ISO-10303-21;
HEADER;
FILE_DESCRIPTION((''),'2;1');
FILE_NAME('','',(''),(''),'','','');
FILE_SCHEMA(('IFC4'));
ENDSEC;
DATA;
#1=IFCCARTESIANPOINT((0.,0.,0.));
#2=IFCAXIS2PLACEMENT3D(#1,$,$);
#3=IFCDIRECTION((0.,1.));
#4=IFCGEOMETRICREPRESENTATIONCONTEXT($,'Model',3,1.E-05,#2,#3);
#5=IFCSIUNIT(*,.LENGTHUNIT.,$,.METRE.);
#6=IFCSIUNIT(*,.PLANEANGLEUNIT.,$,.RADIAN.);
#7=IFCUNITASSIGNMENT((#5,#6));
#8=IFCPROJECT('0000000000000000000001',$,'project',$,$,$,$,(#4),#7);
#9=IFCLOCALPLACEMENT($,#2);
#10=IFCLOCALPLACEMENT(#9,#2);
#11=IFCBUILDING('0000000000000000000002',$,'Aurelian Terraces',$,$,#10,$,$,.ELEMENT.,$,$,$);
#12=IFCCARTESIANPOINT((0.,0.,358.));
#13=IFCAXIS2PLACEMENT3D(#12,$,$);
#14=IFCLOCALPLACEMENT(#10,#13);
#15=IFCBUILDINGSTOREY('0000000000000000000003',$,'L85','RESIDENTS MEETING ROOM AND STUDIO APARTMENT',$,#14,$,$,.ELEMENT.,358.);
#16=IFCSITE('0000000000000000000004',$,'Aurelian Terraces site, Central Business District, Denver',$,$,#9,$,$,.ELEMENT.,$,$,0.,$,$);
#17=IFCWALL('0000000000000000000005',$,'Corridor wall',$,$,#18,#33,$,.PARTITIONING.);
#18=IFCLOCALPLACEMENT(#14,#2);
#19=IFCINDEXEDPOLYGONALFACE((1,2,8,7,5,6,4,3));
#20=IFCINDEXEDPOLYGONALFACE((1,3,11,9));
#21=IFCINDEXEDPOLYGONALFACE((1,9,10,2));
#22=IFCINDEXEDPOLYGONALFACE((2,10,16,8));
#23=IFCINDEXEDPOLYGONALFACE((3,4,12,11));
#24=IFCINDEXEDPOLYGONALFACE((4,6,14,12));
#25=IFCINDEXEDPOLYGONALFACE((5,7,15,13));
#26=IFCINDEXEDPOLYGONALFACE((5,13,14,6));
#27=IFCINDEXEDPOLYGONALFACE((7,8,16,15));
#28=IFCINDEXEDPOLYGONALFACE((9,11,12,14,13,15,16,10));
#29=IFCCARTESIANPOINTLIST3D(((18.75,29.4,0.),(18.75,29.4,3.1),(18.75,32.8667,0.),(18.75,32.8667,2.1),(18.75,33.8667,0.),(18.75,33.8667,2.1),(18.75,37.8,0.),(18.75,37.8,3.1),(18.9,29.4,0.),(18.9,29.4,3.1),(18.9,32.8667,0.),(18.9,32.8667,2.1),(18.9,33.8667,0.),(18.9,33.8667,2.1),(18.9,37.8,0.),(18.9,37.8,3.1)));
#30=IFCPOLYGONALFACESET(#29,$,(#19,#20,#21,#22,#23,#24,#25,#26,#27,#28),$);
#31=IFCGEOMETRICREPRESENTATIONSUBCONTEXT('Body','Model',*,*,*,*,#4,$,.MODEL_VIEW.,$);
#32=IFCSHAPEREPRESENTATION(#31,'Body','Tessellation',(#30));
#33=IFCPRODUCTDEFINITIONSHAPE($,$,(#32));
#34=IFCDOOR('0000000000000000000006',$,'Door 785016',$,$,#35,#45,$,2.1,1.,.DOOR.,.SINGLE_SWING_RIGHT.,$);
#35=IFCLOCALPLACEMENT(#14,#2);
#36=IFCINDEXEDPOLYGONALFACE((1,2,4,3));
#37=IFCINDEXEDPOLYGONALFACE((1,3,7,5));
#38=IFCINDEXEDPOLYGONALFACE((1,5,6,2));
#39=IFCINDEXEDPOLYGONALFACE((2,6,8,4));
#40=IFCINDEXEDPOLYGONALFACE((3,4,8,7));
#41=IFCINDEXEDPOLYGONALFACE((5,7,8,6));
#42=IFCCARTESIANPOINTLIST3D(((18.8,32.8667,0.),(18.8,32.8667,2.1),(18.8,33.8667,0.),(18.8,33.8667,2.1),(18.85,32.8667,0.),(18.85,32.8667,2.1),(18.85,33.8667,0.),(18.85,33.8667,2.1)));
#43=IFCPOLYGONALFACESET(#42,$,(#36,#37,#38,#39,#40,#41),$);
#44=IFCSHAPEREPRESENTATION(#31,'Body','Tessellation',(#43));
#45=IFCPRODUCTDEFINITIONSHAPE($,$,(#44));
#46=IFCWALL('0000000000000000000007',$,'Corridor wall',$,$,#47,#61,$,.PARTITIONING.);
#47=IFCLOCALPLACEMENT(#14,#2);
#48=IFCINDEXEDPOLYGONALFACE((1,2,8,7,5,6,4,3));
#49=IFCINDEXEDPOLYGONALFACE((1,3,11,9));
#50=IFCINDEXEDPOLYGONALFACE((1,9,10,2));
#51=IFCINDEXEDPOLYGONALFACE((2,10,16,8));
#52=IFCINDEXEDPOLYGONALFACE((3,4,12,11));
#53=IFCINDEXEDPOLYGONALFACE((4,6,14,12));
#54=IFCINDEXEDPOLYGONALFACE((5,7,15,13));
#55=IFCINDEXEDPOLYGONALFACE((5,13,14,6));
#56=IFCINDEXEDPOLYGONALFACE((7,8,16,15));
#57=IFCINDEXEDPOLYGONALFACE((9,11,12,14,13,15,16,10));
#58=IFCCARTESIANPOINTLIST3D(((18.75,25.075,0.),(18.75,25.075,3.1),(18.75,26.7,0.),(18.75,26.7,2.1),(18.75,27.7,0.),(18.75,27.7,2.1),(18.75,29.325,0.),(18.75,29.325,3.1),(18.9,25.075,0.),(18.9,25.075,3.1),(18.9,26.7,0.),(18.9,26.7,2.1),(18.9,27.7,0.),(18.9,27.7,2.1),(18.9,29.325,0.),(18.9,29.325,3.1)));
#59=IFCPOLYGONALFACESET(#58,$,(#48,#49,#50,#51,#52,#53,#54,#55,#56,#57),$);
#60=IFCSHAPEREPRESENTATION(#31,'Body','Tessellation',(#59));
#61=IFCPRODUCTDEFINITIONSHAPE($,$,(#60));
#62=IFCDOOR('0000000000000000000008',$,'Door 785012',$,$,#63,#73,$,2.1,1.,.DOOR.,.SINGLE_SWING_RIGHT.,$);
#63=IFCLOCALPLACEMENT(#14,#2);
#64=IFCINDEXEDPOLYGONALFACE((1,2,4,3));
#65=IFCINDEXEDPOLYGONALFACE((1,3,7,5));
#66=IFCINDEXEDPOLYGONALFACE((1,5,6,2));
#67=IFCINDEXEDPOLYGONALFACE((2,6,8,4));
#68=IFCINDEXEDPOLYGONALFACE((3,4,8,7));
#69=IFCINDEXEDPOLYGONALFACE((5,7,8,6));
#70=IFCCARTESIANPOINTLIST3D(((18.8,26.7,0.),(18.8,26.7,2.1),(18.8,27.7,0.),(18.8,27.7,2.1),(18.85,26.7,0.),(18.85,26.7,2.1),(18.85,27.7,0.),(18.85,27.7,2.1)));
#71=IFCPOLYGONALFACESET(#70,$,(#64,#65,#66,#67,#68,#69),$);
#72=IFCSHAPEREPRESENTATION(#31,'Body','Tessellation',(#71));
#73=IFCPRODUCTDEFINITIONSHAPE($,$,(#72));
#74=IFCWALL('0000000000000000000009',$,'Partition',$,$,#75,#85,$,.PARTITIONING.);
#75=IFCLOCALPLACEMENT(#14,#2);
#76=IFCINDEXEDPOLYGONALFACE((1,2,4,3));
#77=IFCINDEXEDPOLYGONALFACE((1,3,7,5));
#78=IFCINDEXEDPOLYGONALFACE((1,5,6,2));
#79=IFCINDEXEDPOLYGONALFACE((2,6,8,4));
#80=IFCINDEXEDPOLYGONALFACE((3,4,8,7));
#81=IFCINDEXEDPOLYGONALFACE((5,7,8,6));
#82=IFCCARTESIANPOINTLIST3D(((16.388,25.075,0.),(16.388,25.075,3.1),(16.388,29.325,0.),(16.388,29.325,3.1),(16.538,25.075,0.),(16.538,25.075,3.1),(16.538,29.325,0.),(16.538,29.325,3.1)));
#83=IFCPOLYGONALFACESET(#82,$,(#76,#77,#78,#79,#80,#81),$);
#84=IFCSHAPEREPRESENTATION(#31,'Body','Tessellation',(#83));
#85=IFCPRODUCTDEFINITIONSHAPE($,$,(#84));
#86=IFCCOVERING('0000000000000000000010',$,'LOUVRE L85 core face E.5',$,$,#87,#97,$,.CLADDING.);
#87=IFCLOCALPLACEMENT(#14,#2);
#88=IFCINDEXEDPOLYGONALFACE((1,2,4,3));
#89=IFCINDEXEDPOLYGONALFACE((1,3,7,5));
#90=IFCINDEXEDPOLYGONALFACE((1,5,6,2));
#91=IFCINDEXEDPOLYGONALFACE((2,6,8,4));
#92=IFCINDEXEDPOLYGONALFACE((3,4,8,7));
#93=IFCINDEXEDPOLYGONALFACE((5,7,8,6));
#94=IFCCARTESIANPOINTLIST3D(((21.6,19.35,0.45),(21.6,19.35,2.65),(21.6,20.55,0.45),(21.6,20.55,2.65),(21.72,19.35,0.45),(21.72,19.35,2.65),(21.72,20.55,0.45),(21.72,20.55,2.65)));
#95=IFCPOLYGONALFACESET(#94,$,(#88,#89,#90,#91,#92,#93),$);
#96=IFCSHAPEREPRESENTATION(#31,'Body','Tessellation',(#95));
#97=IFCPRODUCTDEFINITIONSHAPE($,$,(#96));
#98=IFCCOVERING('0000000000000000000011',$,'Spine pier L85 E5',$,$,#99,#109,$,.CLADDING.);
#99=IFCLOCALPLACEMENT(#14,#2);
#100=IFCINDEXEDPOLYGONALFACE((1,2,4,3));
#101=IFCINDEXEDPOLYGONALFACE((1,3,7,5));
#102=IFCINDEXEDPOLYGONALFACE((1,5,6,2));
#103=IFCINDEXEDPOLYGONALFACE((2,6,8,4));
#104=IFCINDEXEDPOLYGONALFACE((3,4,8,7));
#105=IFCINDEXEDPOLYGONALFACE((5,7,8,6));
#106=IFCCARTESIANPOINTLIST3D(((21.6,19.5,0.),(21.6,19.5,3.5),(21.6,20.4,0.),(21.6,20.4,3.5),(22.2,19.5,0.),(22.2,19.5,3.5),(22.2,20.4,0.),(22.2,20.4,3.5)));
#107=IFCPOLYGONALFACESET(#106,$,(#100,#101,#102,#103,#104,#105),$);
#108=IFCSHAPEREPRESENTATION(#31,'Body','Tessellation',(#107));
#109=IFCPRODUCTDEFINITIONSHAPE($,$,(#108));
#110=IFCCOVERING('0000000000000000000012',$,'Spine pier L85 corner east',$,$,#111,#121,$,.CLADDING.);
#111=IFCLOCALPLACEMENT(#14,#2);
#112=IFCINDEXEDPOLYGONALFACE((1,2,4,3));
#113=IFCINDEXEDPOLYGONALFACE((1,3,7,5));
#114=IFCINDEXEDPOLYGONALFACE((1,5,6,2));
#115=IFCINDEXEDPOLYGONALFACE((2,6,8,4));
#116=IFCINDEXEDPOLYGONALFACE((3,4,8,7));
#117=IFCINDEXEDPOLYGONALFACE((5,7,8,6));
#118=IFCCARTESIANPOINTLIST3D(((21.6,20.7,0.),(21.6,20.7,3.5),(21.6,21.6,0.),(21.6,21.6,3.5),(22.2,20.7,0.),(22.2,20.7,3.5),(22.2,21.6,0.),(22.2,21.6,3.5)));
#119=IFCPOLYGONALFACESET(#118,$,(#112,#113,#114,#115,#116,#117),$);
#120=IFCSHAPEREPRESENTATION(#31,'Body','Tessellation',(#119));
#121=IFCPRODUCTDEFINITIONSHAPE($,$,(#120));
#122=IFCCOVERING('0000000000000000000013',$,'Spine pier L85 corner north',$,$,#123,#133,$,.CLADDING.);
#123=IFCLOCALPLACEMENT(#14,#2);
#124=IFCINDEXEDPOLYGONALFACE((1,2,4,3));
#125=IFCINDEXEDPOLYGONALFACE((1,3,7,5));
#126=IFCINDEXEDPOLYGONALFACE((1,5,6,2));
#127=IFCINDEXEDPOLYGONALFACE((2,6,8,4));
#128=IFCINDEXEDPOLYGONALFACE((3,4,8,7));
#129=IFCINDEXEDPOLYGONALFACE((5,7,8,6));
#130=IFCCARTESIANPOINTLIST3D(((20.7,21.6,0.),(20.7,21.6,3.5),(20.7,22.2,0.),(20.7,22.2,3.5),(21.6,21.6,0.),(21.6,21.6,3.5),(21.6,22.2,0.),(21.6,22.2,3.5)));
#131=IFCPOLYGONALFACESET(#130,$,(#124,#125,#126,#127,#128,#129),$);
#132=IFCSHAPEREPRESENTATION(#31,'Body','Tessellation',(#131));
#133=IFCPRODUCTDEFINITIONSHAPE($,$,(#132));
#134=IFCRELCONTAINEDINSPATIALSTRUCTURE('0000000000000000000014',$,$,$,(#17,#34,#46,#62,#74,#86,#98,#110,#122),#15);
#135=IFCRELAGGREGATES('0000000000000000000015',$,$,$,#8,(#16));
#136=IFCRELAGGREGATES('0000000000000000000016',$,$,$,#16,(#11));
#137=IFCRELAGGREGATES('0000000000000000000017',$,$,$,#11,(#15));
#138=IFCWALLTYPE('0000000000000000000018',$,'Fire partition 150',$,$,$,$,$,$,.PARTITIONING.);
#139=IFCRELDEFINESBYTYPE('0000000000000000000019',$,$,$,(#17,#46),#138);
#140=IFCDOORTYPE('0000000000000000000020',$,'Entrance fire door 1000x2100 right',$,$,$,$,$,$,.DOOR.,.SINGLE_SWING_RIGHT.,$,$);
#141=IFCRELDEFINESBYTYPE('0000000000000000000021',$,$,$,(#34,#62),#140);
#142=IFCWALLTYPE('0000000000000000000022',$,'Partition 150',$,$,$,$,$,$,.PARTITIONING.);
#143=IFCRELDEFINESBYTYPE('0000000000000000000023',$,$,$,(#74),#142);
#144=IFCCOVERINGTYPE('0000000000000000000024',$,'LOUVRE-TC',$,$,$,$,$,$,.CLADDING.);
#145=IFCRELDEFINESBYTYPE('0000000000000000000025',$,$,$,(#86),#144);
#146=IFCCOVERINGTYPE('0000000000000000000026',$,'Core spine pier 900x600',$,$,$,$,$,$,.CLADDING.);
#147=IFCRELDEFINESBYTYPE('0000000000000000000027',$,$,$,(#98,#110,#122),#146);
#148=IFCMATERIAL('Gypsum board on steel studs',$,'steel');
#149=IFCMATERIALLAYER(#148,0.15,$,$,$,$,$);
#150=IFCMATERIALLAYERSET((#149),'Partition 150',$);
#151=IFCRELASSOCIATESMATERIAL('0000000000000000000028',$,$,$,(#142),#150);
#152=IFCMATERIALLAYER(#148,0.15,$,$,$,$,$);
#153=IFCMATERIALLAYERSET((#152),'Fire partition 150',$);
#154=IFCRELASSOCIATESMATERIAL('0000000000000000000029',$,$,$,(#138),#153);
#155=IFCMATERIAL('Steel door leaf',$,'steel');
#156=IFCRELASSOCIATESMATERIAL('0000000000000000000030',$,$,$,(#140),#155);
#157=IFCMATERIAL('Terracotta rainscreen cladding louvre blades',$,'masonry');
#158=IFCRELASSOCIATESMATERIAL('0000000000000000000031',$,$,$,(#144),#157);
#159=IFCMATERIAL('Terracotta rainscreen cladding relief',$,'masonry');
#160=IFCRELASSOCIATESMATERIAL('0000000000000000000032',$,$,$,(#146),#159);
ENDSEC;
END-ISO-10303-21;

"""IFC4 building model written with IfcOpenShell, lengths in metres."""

from ifc_helpers import new_model, si_unit, direction, frame, frame_2d, origin, origin_2d, place, context, subcontext, project, spatial, rectangle, extrude, source, transform, mapped, material, layer, layer_set, type_object, element, fill, save


model = new_model("IFC4")

# Units and contexts
model_context = context("Model", 3, precision=1e-05, world=origin(), true_north=direction((0.0, 1.0)))
body_context = subcontext(model_context, "Body", "Model", "MODEL_VIEW")
ifc_project = project(units=[si_unit("LENGTHUNIT", "METRE"), si_unit("PLANEANGLEUNIT", "RADIAN")], contexts=[model_context])

# Site, building, storey
site_placement = place(None, origin())
site = spatial("IfcSite", under=ifc_project, at=site_placement, Name="Aurelian Terraces site, Central Business District, Denver", CompositionType="ELEMENT", RefElevation=0.0)
building_placement = place(site_placement, origin())
building = spatial("IfcBuilding", under=site, at=building_placement, Name="Aurelian Terraces", CompositionType="ELEMENT")
storey_placement = place(building_placement, frame((0.0, 0.0, 358.0)))
storey = spatial("IfcBuildingStorey", under=building, at=storey_placement, Name="L85", Description="RESIDENTS MEETING ROOM AND STUDIO APARTMENT", CompositionType="ELEMENT", Elevation=358.0)

# Shared definitions
ifc_material_1 = material(Name="Gypsum board on steel studs", Category="steel")
ifc_layer_1 = layer(ifc_material_1, 0.15)
ifc_layer_set_1 = layer_set([ifc_layer_1], Name="Partition 150")
wall_type_1 = type_object("IfcWallType", Name="Partition 150", PredefinedType="PARTITIONING", material=ifc_layer_set_1)

# Walls, openings, doors
ifc_layer_2 = layer(ifc_material_1, 0.15)
ifc_layer_set_2 = layer_set([ifc_layer_2], Name="Fire partition 150")
wall_type_2 = type_object("IfcWallType", Name="Fire partition 150", PredefinedType="PARTITIONING", material=ifc_layer_set_2)
shared_shape_1 = source(origin(), body_context, "Body", "SweptSolid", [
    extrude(rectangle(XDim=8.4, YDim=0.15, at=frame_2d((4.2, 0.0))), origin(), (0.0, 0.0, 1.0), 3.1),
])
wall_1_placement = place(storey_placement, frame((18.825, 29.4, 0.0), z_axis=(0.0, 0.0, 1.0), x_axis=(0.0, 1.0, 0.0)))
wall_1 = element("IfcWall", 1, at=wall_1_placement, inside=storey, type_object=wall_type_2, Name="Corridor wall", PredefinedType="PARTITIONING", context=body_context, shape_type="MappedRepresentation", body=[
    mapped(shared_shape_1, transform((0.0, 0.0, 0.0), scale=1.0)),
])
shared_shape_2 = source(origin(), body_context, "Body", "SweptSolid", [
    extrude(rectangle(XDim=1.0, YDim=2.1, at=frame_2d((0.5, 1.05))), frame((0.0, 0.085, 0.0), z_axis=(0.0, -1.0, 0.0), x_axis=(1.0, 0.0, 0.0)), (0.0, 0.0, 1.0), 0.17),
])
opening_1_placement = place(wall_1_placement, frame((3.4667, 0.0, 0.0)))
opening_1 = element("IfcOpeningElement", 2, at=opening_1_placement, cuts=wall_1, PredefinedType="OPENING", context=body_context, shape_type="MappedRepresentation", body=[
    mapped(shared_shape_2, transform((0.0, 0.0, 0.0), scale=1.0)),
])
ifc_material_2 = material(Name="Steel door leaf", Category="steel")
door_type = type_object("IfcDoorType", Name="Entrance fire door 1000x2100 right", OperationType="SINGLE_SWING_RIGHT", PredefinedType="DOOR", material=ifc_material_2)
shared_shape_3 = source(origin(), body_context, "Body", "SweptSolid", [
    extrude(rectangle(XDim=1.0, YDim=2.1, at=frame_2d((0.5, 1.05))), frame((0.0, 0.025, 0.0), z_axis=(0.0, -1.0, 0.0), x_axis=(1.0, 0.0, 0.0)), (0.0, 0.0, 1.0), 0.05),
])
door_1_placement = place(opening_1_placement, origin())
door_1 = element("IfcDoor", 3, at=door_1_placement, inside=storey, type_object=door_type, Name="Door 785016", OperationType="SINGLE_SWING_RIGHT", OverallHeight=2.1, OverallWidth=1.0, PredefinedType="DOOR", context=body_context, shape_type="MappedRepresentation", body=[
    mapped(shared_shape_3, transform((0.0, 0.0, 0.0), scale=1.0)),
])
fill(opening_1, door_1)
shared_shape_4 = source(origin(), body_context, "Body", "SweptSolid", [
    extrude(rectangle(XDim=4.25, YDim=0.15, at=frame_2d((2.125, 0.0))), origin(), (0.0, 0.0, 1.0), 3.1),
])
wall_2_placement = place(storey_placement, frame((18.825, 25.075, 0.0), z_axis=(0.0, 0.0, 1.0), x_axis=(0.0, 1.0, 0.0)))
wall_2 = element("IfcWall", 4, at=wall_2_placement, inside=storey, type_object=wall_type_2, Name="Corridor wall", PredefinedType="PARTITIONING", context=body_context, shape_type="MappedRepresentation", body=[
    mapped(shared_shape_4, transform((0.0, 0.0, 0.0), scale=1.0)),
])
opening_2_placement = place(wall_2_placement, frame((1.625, 0.0, 0.0)))
opening_2 = element("IfcOpeningElement", 5, at=opening_2_placement, cuts=wall_2, PredefinedType="OPENING", context=body_context, shape_type="MappedRepresentation", body=[
    mapped(shared_shape_2, transform((0.0, 0.0, 0.0), scale=1.0)),
])
door_2_placement = place(opening_2_placement, origin())
door_2 = element("IfcDoor", 6, at=door_2_placement, inside=storey, type_object=door_type, Name="Door 785012", OperationType="SINGLE_SWING_RIGHT", OverallHeight=2.1, OverallWidth=1.0, PredefinedType="DOOR", context=body_context, shape_type="MappedRepresentation", body=[
    mapped(shared_shape_3, transform((0.0, 0.0, 0.0), scale=1.0)),
])
fill(opening_2, door_2)

# Wall
wall_3_placement = place(storey_placement, frame((16.463, 25.075, 0.0), z_axis=(0.0, 0.0, 1.0), x_axis=(0.0, 1.0, 0.0)))
element("IfcWall", 7, at=wall_3_placement, inside=storey, type_object=wall_type_1, Name="Partition", PredefinedType="PARTITIONING", context=body_context, shape_type="MappedRepresentation", body=[
    mapped(shared_shape_4, transform((0.0, 0.0, 0.0), scale=1.0)),
])

# Coverings
ifc_material_3 = material(Name="Terracotta rainscreen cladding louvre blades", Category="masonry")
covering_type_1 = type_object("IfcCoveringType", Name="LOUVRE-TC", PredefinedType="CLADDING", material=ifc_material_3)
shared_shape_5 = source(origin(), body_context, "Body", "SweptSolid", [
    extrude(rectangle(XDim=0.12, YDim=1.2, at=origin_2d()), origin(), (0.0, 0.0, 1.0), 2.2),
])
covering_1_placement = place(storey_placement, frame((21.66, 19.95, 0.45), z_axis=(0.0, 0.0, 1.0), x_axis=(1.0, 0.0, 0.0)))
element("IfcCovering", 8, at=covering_1_placement, inside=storey, type_object=covering_type_1, Name="LOUVRE L85 core face E.5", PredefinedType="CLADDING", context=body_context, shape_type="MappedRepresentation", body=[
    mapped(shared_shape_5, transform((0.0, 0.0, 0.0), scale=1.0)),
])
ifc_material_4 = material(Name="Terracotta rainscreen cladding relief", Category="masonry")
covering_type_2 = type_object("IfcCoveringType", Name="Core spine pier 900x600", PredefinedType="CLADDING", material=ifc_material_4)
shared_shape_6 = source(origin(), body_context, "Body", "SweptSolid", [
    extrude(rectangle(XDim=0.6, YDim=0.9, at=origin_2d()), origin(), (0.0, 0.0, 1.0), 3.5),
])
for number, where, z_axis, x_axis, name in (
    (9, (21.9, 19.95, 0.0), (0.0, 0.0, 1.0), (1.0, 0.0, 0.0), "Spine pier L85 E5"),
    (10, (21.9, 21.15, 0.0), (0.0, 0.0, 1.0), (1.0, 0.0, 0.0), "Spine pier L85 corner east"),
):
    element("IfcCovering", number, at=place(storey_placement, frame(where, z_axis=z_axis, x_axis=x_axis)), inside=storey, type_object=covering_type_2, Name=name, PredefinedType="CLADDING", context=body_context, shape_type="MappedRepresentation", body=[
        mapped(shared_shape_6, transform((0.0, 0.0, 0.0), scale=1.0)),
    ])
shared_shape_7 = source(origin(), body_context, "Body", "SweptSolid", [
    extrude(rectangle(XDim=0.9, YDim=0.6, at=origin_2d()), origin(), (0.0, 0.0, 1.0), 3.5),
])
covering_2_placement = place(storey_placement, frame((21.15, 21.9, 0.0), z_axis=(0.0, 0.0, 1.0), x_axis=(1.0, 0.0, 0.0)))
element("IfcCovering", 11, at=covering_2_placement, inside=storey, type_object=covering_type_2, Name="Spine pier L85 corner north", PredefinedType="CLADDING", context=body_context, shape_type="MappedRepresentation", body=[
    mapped(shared_shape_7, transform((0.0, 0.0, 0.0), scale=1.0)),
])

save(model, "model.ifc")
